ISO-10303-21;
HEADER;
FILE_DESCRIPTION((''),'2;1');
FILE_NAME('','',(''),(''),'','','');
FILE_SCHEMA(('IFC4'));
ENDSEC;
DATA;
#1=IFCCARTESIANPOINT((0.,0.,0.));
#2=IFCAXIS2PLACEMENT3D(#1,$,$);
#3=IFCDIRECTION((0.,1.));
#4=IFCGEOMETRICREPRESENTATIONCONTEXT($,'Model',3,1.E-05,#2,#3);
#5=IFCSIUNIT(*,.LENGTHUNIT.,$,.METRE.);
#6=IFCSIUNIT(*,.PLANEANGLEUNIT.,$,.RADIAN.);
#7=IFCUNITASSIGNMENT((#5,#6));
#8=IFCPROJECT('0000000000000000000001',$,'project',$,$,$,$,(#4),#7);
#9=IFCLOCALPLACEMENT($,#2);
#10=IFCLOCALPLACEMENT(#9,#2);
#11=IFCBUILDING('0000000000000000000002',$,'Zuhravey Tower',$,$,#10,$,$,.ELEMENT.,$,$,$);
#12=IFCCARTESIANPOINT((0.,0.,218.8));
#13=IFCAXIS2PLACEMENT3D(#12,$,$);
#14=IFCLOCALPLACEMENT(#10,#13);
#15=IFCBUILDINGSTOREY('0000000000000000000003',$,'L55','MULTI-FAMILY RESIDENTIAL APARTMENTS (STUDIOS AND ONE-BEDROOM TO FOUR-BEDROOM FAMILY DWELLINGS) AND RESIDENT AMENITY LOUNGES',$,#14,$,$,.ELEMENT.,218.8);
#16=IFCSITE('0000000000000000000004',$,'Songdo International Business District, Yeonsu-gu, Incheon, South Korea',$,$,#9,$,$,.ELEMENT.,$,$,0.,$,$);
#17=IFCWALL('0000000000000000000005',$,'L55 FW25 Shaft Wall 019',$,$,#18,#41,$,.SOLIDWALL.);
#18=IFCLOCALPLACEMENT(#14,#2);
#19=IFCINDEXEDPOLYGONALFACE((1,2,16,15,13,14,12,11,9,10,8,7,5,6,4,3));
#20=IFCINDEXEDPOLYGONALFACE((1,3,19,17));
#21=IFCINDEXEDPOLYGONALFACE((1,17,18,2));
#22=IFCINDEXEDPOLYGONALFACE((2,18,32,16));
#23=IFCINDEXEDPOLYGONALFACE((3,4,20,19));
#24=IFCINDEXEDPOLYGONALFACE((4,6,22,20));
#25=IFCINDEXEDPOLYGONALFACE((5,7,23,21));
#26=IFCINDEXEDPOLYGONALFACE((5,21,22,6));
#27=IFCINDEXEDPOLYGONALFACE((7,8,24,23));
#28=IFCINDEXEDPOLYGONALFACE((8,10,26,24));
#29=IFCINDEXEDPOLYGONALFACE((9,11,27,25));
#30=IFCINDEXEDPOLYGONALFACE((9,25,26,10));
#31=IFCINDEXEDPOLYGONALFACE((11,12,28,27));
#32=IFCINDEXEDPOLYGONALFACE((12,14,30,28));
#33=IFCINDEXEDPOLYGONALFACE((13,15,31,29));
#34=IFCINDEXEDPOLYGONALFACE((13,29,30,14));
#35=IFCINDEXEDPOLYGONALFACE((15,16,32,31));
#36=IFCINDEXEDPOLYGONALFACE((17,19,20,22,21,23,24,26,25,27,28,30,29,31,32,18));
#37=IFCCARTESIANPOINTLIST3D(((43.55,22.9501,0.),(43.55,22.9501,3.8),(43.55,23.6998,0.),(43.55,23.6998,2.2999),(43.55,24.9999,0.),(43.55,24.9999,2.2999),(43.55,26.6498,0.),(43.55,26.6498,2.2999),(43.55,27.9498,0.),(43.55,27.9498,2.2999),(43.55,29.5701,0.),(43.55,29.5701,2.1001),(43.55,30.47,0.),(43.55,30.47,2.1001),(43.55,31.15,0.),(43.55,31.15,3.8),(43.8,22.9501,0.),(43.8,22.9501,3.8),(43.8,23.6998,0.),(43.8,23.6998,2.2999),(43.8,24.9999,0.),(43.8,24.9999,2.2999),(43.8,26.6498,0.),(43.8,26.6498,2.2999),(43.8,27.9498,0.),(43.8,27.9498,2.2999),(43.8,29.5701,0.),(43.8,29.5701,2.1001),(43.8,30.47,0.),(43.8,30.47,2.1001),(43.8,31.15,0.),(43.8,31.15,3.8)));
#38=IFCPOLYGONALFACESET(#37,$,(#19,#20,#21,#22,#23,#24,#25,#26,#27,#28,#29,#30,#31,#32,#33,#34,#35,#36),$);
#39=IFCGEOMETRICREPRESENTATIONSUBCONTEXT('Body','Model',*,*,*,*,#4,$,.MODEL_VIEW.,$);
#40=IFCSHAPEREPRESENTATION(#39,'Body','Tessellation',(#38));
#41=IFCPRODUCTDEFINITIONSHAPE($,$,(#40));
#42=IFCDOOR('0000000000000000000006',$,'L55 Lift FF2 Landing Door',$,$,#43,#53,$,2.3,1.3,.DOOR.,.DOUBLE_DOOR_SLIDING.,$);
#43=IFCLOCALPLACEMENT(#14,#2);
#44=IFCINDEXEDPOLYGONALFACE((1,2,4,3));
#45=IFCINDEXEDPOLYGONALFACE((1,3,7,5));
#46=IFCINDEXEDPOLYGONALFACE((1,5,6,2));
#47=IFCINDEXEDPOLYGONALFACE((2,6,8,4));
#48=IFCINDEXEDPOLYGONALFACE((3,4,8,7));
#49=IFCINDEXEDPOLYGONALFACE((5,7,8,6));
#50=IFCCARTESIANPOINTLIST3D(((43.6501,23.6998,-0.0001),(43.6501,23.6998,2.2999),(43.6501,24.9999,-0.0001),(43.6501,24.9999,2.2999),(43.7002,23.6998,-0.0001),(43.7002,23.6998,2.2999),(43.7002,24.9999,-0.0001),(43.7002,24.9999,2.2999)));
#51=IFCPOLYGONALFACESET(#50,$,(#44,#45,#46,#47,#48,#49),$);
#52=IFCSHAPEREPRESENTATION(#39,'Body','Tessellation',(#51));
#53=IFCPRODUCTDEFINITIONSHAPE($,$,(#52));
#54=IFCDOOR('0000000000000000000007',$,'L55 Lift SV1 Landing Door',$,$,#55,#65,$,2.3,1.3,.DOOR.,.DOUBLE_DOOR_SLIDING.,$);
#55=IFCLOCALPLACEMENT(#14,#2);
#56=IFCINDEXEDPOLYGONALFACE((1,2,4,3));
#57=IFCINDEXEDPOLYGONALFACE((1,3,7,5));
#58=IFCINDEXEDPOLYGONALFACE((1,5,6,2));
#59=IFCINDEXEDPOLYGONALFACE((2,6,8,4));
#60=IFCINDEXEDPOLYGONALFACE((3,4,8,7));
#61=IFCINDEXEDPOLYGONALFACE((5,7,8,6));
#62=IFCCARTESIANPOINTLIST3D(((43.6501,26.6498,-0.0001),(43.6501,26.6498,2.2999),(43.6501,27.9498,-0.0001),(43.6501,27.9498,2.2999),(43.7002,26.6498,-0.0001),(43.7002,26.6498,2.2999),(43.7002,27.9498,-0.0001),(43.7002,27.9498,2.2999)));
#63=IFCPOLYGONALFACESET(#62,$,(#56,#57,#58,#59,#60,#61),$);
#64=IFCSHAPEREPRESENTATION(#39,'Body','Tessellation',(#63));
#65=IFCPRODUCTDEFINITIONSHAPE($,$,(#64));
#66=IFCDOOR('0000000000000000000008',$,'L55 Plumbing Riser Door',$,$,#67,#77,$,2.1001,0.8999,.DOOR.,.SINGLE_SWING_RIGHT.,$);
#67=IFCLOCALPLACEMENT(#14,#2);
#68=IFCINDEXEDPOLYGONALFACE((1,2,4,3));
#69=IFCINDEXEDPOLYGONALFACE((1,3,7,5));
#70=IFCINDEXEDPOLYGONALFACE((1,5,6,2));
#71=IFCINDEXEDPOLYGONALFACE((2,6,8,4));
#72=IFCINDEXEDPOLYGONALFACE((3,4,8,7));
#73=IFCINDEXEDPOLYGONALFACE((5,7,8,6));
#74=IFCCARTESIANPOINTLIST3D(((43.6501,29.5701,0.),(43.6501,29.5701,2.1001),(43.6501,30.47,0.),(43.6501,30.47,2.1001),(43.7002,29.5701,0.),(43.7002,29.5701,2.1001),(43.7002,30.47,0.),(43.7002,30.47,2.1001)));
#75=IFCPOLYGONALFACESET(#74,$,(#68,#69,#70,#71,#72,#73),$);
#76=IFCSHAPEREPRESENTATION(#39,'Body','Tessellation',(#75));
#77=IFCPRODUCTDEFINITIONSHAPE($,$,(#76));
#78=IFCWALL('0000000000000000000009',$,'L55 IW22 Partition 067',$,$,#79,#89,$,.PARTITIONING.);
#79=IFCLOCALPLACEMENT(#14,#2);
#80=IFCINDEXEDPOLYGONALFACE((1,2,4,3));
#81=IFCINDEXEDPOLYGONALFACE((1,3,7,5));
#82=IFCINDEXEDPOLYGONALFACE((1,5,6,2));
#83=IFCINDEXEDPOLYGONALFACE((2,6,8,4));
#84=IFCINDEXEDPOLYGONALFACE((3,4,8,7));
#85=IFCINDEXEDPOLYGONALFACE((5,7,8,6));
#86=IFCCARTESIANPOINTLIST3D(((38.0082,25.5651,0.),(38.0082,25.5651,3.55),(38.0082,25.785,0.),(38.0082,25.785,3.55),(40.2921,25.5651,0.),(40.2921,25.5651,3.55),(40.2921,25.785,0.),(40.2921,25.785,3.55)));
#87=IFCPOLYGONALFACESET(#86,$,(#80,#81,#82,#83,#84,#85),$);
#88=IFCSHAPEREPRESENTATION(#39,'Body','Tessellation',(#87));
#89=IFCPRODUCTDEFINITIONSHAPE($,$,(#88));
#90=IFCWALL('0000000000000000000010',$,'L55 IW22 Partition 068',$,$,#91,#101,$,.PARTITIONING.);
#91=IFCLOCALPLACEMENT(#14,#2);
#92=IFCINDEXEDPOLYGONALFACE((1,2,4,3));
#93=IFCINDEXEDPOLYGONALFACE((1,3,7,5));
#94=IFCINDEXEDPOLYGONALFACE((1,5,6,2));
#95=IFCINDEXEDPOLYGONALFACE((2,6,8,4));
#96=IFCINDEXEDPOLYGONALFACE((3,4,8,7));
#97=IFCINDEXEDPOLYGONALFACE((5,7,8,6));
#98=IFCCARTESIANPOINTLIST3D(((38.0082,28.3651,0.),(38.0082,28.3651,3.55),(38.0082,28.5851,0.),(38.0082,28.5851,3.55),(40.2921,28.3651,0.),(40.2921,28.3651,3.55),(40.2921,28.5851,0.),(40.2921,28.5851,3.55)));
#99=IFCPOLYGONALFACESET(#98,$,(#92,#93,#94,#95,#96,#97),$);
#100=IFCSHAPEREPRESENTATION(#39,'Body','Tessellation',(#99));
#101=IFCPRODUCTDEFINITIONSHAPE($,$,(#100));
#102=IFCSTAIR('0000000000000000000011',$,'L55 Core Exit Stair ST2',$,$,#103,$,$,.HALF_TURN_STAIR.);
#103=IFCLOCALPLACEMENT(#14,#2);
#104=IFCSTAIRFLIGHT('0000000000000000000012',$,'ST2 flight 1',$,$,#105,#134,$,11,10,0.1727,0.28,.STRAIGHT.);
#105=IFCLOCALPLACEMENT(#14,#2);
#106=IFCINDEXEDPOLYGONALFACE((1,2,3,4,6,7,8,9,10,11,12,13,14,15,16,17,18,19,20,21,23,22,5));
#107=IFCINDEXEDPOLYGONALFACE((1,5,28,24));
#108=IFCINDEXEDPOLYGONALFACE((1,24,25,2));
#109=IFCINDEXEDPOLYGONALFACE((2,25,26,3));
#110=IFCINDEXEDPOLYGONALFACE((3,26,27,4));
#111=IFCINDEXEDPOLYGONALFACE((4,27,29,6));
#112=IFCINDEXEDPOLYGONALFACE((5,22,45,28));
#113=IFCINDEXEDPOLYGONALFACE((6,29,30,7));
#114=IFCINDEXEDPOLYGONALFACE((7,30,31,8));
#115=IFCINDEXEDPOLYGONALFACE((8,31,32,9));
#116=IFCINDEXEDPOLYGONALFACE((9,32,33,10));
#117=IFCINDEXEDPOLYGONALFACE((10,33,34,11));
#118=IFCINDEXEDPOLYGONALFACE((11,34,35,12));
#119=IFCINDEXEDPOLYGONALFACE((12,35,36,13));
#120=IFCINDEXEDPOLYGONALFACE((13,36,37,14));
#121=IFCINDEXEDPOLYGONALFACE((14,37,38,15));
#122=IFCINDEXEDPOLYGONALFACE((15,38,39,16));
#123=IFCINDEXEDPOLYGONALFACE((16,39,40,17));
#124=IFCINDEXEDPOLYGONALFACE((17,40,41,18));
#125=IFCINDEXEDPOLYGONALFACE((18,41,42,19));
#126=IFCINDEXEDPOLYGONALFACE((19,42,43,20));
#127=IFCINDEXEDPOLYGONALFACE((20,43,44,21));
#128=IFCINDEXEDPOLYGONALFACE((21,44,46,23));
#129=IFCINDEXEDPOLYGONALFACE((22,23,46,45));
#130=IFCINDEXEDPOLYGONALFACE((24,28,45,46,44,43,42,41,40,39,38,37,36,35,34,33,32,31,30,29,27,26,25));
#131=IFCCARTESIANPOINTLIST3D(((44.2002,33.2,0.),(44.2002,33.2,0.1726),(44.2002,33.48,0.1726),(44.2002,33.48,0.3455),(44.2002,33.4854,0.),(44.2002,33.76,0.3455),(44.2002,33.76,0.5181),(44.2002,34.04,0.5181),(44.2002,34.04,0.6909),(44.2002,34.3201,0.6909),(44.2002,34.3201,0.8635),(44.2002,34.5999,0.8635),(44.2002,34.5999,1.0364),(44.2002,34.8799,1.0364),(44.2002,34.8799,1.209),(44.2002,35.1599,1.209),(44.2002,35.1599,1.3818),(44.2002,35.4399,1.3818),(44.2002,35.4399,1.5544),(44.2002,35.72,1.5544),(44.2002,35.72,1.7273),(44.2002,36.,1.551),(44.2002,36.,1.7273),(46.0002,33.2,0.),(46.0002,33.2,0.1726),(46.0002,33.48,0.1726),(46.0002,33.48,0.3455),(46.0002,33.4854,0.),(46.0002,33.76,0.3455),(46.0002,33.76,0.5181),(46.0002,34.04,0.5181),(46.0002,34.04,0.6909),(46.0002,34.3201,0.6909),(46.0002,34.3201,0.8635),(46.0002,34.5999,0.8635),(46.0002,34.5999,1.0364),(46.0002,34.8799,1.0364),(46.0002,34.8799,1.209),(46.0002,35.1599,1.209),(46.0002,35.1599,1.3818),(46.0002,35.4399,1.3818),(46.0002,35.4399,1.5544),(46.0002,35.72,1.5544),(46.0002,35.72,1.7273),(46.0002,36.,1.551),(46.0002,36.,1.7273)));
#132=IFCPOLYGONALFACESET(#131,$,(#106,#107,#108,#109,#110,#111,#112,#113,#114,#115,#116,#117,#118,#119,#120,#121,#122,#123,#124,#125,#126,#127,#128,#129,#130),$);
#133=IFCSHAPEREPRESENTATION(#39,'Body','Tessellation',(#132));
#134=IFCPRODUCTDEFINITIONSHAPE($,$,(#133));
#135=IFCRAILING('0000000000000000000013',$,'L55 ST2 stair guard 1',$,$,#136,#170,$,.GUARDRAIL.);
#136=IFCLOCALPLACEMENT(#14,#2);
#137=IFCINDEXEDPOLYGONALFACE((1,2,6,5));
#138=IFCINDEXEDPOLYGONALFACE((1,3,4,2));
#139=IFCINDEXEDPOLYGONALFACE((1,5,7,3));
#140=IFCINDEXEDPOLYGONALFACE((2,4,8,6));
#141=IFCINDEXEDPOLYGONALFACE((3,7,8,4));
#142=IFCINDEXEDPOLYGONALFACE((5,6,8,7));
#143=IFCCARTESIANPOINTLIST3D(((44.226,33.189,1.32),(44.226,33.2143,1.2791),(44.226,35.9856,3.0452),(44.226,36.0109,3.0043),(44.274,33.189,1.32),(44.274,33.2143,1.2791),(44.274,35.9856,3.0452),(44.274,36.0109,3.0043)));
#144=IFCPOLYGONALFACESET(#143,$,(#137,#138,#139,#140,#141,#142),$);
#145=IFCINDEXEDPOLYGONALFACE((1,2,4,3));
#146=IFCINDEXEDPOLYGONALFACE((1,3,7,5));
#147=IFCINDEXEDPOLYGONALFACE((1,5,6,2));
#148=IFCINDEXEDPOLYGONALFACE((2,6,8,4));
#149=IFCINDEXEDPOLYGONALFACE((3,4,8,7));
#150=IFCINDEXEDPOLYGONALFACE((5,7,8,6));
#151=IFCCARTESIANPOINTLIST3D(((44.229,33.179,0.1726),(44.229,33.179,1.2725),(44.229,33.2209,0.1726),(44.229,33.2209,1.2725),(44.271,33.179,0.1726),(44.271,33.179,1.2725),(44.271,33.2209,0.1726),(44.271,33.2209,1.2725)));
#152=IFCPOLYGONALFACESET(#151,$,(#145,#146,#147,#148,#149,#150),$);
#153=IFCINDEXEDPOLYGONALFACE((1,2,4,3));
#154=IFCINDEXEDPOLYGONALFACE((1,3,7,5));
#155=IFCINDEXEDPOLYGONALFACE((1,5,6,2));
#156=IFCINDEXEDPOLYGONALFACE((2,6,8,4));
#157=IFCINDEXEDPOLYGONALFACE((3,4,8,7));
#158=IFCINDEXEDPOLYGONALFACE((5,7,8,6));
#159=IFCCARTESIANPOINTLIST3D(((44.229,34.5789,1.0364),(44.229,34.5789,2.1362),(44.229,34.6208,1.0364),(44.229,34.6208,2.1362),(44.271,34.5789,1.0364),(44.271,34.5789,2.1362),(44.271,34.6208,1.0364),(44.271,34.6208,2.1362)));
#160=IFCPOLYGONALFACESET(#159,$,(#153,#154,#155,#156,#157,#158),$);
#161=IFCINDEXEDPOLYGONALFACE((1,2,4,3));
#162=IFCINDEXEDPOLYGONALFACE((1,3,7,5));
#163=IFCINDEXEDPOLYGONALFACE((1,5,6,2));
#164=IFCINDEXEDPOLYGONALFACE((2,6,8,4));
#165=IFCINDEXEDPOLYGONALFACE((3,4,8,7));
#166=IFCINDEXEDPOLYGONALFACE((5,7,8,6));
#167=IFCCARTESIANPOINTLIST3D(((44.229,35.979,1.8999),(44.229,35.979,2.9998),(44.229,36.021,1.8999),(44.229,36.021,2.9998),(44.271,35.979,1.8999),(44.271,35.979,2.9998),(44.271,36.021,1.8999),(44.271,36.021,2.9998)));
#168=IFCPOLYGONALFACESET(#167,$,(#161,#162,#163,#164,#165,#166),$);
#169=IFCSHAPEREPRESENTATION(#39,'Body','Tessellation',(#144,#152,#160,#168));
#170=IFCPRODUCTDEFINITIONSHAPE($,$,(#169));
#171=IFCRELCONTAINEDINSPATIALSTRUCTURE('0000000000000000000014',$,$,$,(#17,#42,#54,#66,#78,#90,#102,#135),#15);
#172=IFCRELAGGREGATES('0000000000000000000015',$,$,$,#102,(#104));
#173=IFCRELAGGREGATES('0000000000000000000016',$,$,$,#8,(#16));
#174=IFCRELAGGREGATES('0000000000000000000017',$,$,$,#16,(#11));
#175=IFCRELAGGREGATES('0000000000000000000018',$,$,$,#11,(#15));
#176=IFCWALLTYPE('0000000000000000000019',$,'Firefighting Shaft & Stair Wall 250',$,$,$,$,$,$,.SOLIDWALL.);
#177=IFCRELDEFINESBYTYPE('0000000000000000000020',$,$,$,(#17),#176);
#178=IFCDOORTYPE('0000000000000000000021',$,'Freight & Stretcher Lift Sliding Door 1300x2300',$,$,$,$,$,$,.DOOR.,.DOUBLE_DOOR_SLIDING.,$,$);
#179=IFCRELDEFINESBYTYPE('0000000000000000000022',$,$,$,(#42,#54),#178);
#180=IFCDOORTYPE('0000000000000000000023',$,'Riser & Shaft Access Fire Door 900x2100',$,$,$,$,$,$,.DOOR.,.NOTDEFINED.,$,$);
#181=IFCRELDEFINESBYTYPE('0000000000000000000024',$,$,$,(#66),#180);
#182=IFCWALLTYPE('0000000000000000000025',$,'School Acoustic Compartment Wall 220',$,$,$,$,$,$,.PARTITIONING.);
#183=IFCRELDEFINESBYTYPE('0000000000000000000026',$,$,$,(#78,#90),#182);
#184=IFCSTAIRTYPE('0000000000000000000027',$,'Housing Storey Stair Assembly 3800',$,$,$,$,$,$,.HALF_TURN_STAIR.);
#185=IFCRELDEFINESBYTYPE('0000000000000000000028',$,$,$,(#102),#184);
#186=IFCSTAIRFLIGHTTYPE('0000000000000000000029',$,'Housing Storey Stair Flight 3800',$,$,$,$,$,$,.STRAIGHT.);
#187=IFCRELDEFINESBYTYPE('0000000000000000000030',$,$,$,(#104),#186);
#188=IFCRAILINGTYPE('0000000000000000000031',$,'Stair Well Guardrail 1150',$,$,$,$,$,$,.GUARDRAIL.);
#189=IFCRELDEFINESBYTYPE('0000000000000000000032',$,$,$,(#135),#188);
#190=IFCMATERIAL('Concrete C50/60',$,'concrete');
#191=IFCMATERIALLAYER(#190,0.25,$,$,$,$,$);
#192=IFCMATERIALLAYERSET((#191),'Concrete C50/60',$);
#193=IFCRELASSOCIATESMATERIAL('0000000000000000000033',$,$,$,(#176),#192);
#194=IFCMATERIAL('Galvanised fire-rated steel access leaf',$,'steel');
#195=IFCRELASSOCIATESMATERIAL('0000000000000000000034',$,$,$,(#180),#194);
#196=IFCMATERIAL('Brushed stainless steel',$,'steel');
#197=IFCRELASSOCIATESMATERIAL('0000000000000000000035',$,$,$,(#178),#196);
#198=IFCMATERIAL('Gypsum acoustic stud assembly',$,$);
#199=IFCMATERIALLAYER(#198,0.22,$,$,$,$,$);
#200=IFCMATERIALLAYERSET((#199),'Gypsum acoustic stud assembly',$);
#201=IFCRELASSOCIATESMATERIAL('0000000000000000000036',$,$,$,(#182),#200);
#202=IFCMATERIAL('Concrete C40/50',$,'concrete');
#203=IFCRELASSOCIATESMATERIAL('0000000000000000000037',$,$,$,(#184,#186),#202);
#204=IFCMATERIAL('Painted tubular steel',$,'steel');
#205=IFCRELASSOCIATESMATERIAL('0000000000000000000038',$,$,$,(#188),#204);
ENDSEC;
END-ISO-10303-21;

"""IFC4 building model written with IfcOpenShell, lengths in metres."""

from ifc_helpers import new_model, si_unit, direction, frame, frame_2d, origin, origin_2d, place, context, subcontext, project, spatial, polyline, rectangle, outline, extrude, material, layer, layer_set, type_object, element, fill, aggregate, save


model = new_model("IFC4")

# Units and contexts
model_context = context("Model", 3, precision=1e-05, world=origin(), true_north=direction((0.0, 1.0)))
body_context = subcontext(model_context, "Body", "Model", "MODEL_VIEW")
ifc_project = project(units=[si_unit("LENGTHUNIT", "METRE"), si_unit("PLANEANGLEUNIT", "RADIAN")], contexts=[model_context])

# Site, building, storey
site_placement = place(None, origin())
site = spatial("IfcSite", under=ifc_project, at=site_placement, Name="Songdo International Business District, Yeonsu-gu, Incheon, South Korea", CompositionType="ELEMENT", RefElevation=0.0)
building_placement = place(site_placement, origin())
building = spatial("IfcBuilding", under=site, at=building_placement, Name="Zuhravey Tower", CompositionType="ELEMENT")
storey_placement = place(building_placement, frame((0.0, 0.0, 218.8)))
storey = spatial("IfcBuildingStorey", under=building, at=storey_placement, Name="L55", Description="MULTI-FAMILY RESIDENTIAL APARTMENTS (STUDIOS AND ONE-BEDROOM TO FOUR-BEDROOM FAMILY DWELLINGS) AND RESIDENT AMENITY LOUNGES", CompositionType="ELEMENT", Elevation=218.8)

# Shared definitions
ifc_material_1 = material(Name="Concrete C50/60", Category="concrete")
ifc_layer_1 = layer(ifc_material_1, 0.25)
ifc_layer_set_1 = layer_set([ifc_layer_1], Name="Concrete C50/60")
wall_type_1 = type_object("IfcWallType", Name="Firefighting Shaft & Stair Wall 250", PredefinedType="SOLIDWALL", material=ifc_layer_set_1)

# Shared definitions
ifc_material_2 = material(Name="Galvanised fire-rated steel access leaf", Category="steel")
door_type_1 = type_object("IfcDoorType", Name="Riser & Shaft Access Fire Door 900x2100", OperationType="NOTDEFINED", PredefinedType="DOOR", material=ifc_material_2)

# Wall, openings, doors
wall_1_placement = place(storey_placement, frame((43.675, 22.95, 0.0), z_axis=(0.0, 0.0, 1.0), x_axis=(0.0, 1.0, 0.0)))
wall_1 = element("IfcWall", 1, at=wall_1_placement, inside=storey, type_object=wall_type_1, Name="L55 FW25 Shaft Wall 019", PredefinedType="SOLIDWALL", context=body_context, shape_type="SweptSolid", body=[
    extrude(rectangle(XDim=8.2, YDim=0.25, at=frame_2d((4.1001, 0.0))), origin(), (0.0, 0.0, 1.0), 3.8),
])
opening_1_placement = place(wall_1_placement, frame((0.75, 0.0, 0.0)))
opening_1 = element("IfcOpeningElement", 2, at=opening_1_placement, cuts=wall_1, PredefinedType="OPENING", context=body_context, shape_type="SweptSolid", body=[
    extrude(rectangle(XDim=1.3, YDim=2.3, at=frame_2d((0.6499, 1.1499))), frame((0.0, 0.137, 0.0), z_axis=(0.0, -1.0, 0.0), x_axis=(1.0, 0.0, 0.0)), (0.0, 0.0, 1.0), 0.2739),
])
opening_2_placement = place(wall_1_placement, frame((3.7, 0.0, 0.0)))
opening_2 = element("IfcOpeningElement", 3, at=opening_2_placement, cuts=wall_1, PredefinedType="OPENING", context=body_context, shape_type="SweptSolid", body=[
    extrude(rectangle(XDim=1.3, YDim=2.3, at=frame_2d((0.6499, 1.1499))), frame((0.0, 0.137, 0.0), z_axis=(0.0, -1.0, 0.0), x_axis=(1.0, 0.0, 0.0)), (0.0, 0.0, 1.0), 0.2739),
])
opening_3_placement = place(wall_1_placement, frame((6.6201, 0.0, 0.0)))
opening_3 = element("IfcOpeningElement", 4, at=opening_3_placement, cuts=wall_1, PredefinedType="OPENING", context=body_context, shape_type="SweptSolid", body=[
    extrude(rectangle(XDim=0.8999, YDim=2.1001, at=frame_2d((0.45, 1.05))), frame((0.0, 0.137, 0.0), z_axis=(0.0, -1.0, 0.0), x_axis=(1.0, 0.0, 0.0)), (0.0, 0.0, 1.0), 0.2739),
])
ifc_material_3 = material(Name="Brushed stainless steel", Category="steel")
door_type_2 = type_object("IfcDoorType", Name="Freight & Stretcher Lift Sliding Door 1300x2300", OperationType="DOUBLE_DOOR_SLIDING", PredefinedType="DOOR", material=ifc_material_3)
door_1_placement = place(opening_1_placement, origin())
door_1 = element("IfcDoor", 5, at=door_1_placement, inside=storey, type_object=door_type_2, Name="L55 Lift FF2 Landing Door", OperationType="DOUBLE_DOOR_SLIDING", OverallHeight=2.3, OverallWidth=1.3, PredefinedType="DOOR", context=body_context, shape_type="SweptSolid", body=[
    extrude(rectangle(XDim=1.3, YDim=2.3, at=frame_2d((0.6499, 1.1499))), frame((0.0, 0.0249, 0.0), z_axis=(0.0, -1.0, 0.0), x_axis=(1.0, 0.0, 0.0)), (0.0, 0.0, 1.0), 0.05),
])
fill(opening_1, door_1)
door_2_placement = place(opening_2_placement, origin())
door_2 = element("IfcDoor", 6, at=door_2_placement, inside=storey, type_object=door_type_2, Name="L55 Lift SV1 Landing Door", OperationType="DOUBLE_DOOR_SLIDING", OverallHeight=2.3, OverallWidth=1.3, PredefinedType="DOOR", context=body_context, shape_type="SweptSolid", body=[
    extrude(rectangle(XDim=1.3, YDim=2.3, at=frame_2d((0.6499, 1.1499))), frame((0.0, 0.0249, 0.0), z_axis=(0.0, -1.0, 0.0), x_axis=(1.0, 0.0, 0.0)), (0.0, 0.0, 1.0), 0.05),
])
fill(opening_2, door_2)
door_3_placement = place(opening_3_placement, origin())
door_3 = element("IfcDoor", 7, at=door_3_placement, inside=storey, type_object=door_type_1, Name="L55 Plumbing Riser Door", OperationType="SINGLE_SWING_RIGHT", OverallHeight=2.1001, OverallWidth=0.8999, PredefinedType="DOOR", context=body_context, shape_type="SweptSolid", body=[
    extrude(rectangle(XDim=0.8999, YDim=2.1001, at=frame_2d((0.45, 1.05))), frame((0.0, 0.0249, 0.0), z_axis=(0.0, -1.0, 0.0), x_axis=(1.0, 0.0, 0.0)), (0.0, 0.0, 1.0), 0.05),
])
fill(opening_3, door_3)

# Walls
ifc_material_4 = material(Name="Gypsum acoustic stud assembly")
ifc_layer_2 = layer(ifc_material_4, 0.22)
ifc_layer_set_2 = layer_set([ifc_layer_2], Name="Gypsum acoustic stud assembly")
wall_type_2 = type_object("IfcWallType", Name="School Acoustic Compartment Wall 220", PredefinedType="PARTITIONING", material=ifc_layer_set_2)
for number, where, z_axis, x_axis, name in (
    (8, (38.0081, 25.675, 0.0), (0.0, 0.0, 1.0), (1.0, 0.0, 0.0), "L55 IW22 Partition 067"),
    (9, (38.0081, 28.4751, 0.0), (0.0, 0.0, 1.0), (1.0, 0.0, 0.0), "L55 IW22 Partition 068"),
):
    element("IfcWall", number, at=place(storey_placement, frame(where, z_axis=z_axis, x_axis=x_axis)), inside=storey, type_object=wall_type_2, Name=name, PredefinedType="PARTITIONING", context=body_context, shape_type="SweptSolid", body=[
        extrude(rectangle(XDim=2.2839, YDim=0.22, at=frame_2d((1.1421, 0.0))), origin(), (0.0, 0.0, 1.0), 3.55),
    ])

# Stair, stair flight
ifc_material_5 = material(Name="Concrete C40/50", Category="concrete")
stair_type = type_object("IfcStairType", Name="Housing Storey Stair Assembly 3800", PredefinedType="HALF_TURN_STAIR", material=ifc_material_5)
stair_placement = place(storey_placement, origin())
stair = element("IfcStair", 10, at=stair_placement, inside=storey, type_object=stair_type, Name="L55 Core Exit Stair ST2", PredefinedType="HALF_TURN_STAIR")
stair_flight_type = type_object("IfcStairFlightType", Name="Housing Storey Stair Flight 3800", PredefinedType="STRAIGHT", material=ifc_material_5)
stair_flight_placement = place(storey_placement, frame((45.1001, 33.2, 0.0), z_axis=(0.0, 0.0, 1.0), x_axis=(0.0, 1.0, 0.0)))
stair_flight = element("IfcStairFlight", 11, at=stair_flight_placement, type_object=stair_flight_type, Name="ST2 flight 1", NumberOfRisers=11, NumberOfTreads=10, PredefinedType="STRAIGHT", RiserHeight=0.1727, TreadLength=0.28, context=body_context, shape_type="SweptSolid", body=[
    extrude(outline(polyline([(0.0, 0.0), (0.0, 0.1726), (0.28, 0.1726), (0.28, 0.3455), (0.5601, 0.3455), (0.5601, 0.5181), (0.8401, 0.5181), (0.8401, 0.6909), (1.1201, 0.6909), (1.1201, 0.8635), (1.3999, 0.8635), (1.3999, 1.0364), (1.6799, 1.0364), (1.6799, 1.209), (1.96, 1.209), (1.96, 1.3818), (2.24, 1.3818), (2.24, 1.5544), (2.52, 1.5544), (2.52, 1.7273), (2.8, 1.7273), (2.8, 1.8999), (2.8, 1.551), (0.2854, 0.0), (0.0, 0.0)])), frame((0.0, 0.8999, 0.0), z_axis=(0.0, -1.0, 0.0), x_axis=(1.0, 0.0, 0.0)), (0.0, 0.0, 1.0), 1.8),
])
aggregate(stair, [stair_flight])

# Railing
ifc_material_6 = material(Name="Painted tubular steel", Category="steel")
railing_type = type_object("IfcRailingType", Name="Stair Well Guardrail 1150", PredefinedType="GUARDRAIL", material=ifc_material_6)
railing_1_placement = place(storey_placement, frame((44.25, 33.2, 0.1726)))
element("IfcRailing", 12, at=railing_1_placement, inside=storey, type_object=railing_type, Name="L55 ST2 stair guard 1", PredefinedType="GUARDRAIL", context=body_context, shape_type="SweptSolid", body=[
    extrude(rectangle(XDim=0.0481, YDim=0.0481, at=origin_2d()), frame((0.0, 0.0017, 1.127), z_axis=(0.0, 0.85109, 0.52502), x_axis=(-1.0, 0.0, 0.0)), (0.0, 0.0, 1.0), 3.2859),
    extrude(rectangle(XDim=0.042, YDim=0.042, at=origin_2d()), origin(), (0.0, 0.0, 1.0), 1.0999),
    extrude(rectangle(XDim=0.042, YDim=0.042, at=origin_2d()), frame((0.0, 1.3999, 0.8638)), (0.0, 0.0, 1.0), 1.0999),
    extrude(rectangle(XDim=0.042, YDim=0.042, at=origin_2d()), frame((0.0, 2.8, 1.7273)), (0.0, 0.0, 1.0), 1.0999),
])

save(model, "model.ifc")
